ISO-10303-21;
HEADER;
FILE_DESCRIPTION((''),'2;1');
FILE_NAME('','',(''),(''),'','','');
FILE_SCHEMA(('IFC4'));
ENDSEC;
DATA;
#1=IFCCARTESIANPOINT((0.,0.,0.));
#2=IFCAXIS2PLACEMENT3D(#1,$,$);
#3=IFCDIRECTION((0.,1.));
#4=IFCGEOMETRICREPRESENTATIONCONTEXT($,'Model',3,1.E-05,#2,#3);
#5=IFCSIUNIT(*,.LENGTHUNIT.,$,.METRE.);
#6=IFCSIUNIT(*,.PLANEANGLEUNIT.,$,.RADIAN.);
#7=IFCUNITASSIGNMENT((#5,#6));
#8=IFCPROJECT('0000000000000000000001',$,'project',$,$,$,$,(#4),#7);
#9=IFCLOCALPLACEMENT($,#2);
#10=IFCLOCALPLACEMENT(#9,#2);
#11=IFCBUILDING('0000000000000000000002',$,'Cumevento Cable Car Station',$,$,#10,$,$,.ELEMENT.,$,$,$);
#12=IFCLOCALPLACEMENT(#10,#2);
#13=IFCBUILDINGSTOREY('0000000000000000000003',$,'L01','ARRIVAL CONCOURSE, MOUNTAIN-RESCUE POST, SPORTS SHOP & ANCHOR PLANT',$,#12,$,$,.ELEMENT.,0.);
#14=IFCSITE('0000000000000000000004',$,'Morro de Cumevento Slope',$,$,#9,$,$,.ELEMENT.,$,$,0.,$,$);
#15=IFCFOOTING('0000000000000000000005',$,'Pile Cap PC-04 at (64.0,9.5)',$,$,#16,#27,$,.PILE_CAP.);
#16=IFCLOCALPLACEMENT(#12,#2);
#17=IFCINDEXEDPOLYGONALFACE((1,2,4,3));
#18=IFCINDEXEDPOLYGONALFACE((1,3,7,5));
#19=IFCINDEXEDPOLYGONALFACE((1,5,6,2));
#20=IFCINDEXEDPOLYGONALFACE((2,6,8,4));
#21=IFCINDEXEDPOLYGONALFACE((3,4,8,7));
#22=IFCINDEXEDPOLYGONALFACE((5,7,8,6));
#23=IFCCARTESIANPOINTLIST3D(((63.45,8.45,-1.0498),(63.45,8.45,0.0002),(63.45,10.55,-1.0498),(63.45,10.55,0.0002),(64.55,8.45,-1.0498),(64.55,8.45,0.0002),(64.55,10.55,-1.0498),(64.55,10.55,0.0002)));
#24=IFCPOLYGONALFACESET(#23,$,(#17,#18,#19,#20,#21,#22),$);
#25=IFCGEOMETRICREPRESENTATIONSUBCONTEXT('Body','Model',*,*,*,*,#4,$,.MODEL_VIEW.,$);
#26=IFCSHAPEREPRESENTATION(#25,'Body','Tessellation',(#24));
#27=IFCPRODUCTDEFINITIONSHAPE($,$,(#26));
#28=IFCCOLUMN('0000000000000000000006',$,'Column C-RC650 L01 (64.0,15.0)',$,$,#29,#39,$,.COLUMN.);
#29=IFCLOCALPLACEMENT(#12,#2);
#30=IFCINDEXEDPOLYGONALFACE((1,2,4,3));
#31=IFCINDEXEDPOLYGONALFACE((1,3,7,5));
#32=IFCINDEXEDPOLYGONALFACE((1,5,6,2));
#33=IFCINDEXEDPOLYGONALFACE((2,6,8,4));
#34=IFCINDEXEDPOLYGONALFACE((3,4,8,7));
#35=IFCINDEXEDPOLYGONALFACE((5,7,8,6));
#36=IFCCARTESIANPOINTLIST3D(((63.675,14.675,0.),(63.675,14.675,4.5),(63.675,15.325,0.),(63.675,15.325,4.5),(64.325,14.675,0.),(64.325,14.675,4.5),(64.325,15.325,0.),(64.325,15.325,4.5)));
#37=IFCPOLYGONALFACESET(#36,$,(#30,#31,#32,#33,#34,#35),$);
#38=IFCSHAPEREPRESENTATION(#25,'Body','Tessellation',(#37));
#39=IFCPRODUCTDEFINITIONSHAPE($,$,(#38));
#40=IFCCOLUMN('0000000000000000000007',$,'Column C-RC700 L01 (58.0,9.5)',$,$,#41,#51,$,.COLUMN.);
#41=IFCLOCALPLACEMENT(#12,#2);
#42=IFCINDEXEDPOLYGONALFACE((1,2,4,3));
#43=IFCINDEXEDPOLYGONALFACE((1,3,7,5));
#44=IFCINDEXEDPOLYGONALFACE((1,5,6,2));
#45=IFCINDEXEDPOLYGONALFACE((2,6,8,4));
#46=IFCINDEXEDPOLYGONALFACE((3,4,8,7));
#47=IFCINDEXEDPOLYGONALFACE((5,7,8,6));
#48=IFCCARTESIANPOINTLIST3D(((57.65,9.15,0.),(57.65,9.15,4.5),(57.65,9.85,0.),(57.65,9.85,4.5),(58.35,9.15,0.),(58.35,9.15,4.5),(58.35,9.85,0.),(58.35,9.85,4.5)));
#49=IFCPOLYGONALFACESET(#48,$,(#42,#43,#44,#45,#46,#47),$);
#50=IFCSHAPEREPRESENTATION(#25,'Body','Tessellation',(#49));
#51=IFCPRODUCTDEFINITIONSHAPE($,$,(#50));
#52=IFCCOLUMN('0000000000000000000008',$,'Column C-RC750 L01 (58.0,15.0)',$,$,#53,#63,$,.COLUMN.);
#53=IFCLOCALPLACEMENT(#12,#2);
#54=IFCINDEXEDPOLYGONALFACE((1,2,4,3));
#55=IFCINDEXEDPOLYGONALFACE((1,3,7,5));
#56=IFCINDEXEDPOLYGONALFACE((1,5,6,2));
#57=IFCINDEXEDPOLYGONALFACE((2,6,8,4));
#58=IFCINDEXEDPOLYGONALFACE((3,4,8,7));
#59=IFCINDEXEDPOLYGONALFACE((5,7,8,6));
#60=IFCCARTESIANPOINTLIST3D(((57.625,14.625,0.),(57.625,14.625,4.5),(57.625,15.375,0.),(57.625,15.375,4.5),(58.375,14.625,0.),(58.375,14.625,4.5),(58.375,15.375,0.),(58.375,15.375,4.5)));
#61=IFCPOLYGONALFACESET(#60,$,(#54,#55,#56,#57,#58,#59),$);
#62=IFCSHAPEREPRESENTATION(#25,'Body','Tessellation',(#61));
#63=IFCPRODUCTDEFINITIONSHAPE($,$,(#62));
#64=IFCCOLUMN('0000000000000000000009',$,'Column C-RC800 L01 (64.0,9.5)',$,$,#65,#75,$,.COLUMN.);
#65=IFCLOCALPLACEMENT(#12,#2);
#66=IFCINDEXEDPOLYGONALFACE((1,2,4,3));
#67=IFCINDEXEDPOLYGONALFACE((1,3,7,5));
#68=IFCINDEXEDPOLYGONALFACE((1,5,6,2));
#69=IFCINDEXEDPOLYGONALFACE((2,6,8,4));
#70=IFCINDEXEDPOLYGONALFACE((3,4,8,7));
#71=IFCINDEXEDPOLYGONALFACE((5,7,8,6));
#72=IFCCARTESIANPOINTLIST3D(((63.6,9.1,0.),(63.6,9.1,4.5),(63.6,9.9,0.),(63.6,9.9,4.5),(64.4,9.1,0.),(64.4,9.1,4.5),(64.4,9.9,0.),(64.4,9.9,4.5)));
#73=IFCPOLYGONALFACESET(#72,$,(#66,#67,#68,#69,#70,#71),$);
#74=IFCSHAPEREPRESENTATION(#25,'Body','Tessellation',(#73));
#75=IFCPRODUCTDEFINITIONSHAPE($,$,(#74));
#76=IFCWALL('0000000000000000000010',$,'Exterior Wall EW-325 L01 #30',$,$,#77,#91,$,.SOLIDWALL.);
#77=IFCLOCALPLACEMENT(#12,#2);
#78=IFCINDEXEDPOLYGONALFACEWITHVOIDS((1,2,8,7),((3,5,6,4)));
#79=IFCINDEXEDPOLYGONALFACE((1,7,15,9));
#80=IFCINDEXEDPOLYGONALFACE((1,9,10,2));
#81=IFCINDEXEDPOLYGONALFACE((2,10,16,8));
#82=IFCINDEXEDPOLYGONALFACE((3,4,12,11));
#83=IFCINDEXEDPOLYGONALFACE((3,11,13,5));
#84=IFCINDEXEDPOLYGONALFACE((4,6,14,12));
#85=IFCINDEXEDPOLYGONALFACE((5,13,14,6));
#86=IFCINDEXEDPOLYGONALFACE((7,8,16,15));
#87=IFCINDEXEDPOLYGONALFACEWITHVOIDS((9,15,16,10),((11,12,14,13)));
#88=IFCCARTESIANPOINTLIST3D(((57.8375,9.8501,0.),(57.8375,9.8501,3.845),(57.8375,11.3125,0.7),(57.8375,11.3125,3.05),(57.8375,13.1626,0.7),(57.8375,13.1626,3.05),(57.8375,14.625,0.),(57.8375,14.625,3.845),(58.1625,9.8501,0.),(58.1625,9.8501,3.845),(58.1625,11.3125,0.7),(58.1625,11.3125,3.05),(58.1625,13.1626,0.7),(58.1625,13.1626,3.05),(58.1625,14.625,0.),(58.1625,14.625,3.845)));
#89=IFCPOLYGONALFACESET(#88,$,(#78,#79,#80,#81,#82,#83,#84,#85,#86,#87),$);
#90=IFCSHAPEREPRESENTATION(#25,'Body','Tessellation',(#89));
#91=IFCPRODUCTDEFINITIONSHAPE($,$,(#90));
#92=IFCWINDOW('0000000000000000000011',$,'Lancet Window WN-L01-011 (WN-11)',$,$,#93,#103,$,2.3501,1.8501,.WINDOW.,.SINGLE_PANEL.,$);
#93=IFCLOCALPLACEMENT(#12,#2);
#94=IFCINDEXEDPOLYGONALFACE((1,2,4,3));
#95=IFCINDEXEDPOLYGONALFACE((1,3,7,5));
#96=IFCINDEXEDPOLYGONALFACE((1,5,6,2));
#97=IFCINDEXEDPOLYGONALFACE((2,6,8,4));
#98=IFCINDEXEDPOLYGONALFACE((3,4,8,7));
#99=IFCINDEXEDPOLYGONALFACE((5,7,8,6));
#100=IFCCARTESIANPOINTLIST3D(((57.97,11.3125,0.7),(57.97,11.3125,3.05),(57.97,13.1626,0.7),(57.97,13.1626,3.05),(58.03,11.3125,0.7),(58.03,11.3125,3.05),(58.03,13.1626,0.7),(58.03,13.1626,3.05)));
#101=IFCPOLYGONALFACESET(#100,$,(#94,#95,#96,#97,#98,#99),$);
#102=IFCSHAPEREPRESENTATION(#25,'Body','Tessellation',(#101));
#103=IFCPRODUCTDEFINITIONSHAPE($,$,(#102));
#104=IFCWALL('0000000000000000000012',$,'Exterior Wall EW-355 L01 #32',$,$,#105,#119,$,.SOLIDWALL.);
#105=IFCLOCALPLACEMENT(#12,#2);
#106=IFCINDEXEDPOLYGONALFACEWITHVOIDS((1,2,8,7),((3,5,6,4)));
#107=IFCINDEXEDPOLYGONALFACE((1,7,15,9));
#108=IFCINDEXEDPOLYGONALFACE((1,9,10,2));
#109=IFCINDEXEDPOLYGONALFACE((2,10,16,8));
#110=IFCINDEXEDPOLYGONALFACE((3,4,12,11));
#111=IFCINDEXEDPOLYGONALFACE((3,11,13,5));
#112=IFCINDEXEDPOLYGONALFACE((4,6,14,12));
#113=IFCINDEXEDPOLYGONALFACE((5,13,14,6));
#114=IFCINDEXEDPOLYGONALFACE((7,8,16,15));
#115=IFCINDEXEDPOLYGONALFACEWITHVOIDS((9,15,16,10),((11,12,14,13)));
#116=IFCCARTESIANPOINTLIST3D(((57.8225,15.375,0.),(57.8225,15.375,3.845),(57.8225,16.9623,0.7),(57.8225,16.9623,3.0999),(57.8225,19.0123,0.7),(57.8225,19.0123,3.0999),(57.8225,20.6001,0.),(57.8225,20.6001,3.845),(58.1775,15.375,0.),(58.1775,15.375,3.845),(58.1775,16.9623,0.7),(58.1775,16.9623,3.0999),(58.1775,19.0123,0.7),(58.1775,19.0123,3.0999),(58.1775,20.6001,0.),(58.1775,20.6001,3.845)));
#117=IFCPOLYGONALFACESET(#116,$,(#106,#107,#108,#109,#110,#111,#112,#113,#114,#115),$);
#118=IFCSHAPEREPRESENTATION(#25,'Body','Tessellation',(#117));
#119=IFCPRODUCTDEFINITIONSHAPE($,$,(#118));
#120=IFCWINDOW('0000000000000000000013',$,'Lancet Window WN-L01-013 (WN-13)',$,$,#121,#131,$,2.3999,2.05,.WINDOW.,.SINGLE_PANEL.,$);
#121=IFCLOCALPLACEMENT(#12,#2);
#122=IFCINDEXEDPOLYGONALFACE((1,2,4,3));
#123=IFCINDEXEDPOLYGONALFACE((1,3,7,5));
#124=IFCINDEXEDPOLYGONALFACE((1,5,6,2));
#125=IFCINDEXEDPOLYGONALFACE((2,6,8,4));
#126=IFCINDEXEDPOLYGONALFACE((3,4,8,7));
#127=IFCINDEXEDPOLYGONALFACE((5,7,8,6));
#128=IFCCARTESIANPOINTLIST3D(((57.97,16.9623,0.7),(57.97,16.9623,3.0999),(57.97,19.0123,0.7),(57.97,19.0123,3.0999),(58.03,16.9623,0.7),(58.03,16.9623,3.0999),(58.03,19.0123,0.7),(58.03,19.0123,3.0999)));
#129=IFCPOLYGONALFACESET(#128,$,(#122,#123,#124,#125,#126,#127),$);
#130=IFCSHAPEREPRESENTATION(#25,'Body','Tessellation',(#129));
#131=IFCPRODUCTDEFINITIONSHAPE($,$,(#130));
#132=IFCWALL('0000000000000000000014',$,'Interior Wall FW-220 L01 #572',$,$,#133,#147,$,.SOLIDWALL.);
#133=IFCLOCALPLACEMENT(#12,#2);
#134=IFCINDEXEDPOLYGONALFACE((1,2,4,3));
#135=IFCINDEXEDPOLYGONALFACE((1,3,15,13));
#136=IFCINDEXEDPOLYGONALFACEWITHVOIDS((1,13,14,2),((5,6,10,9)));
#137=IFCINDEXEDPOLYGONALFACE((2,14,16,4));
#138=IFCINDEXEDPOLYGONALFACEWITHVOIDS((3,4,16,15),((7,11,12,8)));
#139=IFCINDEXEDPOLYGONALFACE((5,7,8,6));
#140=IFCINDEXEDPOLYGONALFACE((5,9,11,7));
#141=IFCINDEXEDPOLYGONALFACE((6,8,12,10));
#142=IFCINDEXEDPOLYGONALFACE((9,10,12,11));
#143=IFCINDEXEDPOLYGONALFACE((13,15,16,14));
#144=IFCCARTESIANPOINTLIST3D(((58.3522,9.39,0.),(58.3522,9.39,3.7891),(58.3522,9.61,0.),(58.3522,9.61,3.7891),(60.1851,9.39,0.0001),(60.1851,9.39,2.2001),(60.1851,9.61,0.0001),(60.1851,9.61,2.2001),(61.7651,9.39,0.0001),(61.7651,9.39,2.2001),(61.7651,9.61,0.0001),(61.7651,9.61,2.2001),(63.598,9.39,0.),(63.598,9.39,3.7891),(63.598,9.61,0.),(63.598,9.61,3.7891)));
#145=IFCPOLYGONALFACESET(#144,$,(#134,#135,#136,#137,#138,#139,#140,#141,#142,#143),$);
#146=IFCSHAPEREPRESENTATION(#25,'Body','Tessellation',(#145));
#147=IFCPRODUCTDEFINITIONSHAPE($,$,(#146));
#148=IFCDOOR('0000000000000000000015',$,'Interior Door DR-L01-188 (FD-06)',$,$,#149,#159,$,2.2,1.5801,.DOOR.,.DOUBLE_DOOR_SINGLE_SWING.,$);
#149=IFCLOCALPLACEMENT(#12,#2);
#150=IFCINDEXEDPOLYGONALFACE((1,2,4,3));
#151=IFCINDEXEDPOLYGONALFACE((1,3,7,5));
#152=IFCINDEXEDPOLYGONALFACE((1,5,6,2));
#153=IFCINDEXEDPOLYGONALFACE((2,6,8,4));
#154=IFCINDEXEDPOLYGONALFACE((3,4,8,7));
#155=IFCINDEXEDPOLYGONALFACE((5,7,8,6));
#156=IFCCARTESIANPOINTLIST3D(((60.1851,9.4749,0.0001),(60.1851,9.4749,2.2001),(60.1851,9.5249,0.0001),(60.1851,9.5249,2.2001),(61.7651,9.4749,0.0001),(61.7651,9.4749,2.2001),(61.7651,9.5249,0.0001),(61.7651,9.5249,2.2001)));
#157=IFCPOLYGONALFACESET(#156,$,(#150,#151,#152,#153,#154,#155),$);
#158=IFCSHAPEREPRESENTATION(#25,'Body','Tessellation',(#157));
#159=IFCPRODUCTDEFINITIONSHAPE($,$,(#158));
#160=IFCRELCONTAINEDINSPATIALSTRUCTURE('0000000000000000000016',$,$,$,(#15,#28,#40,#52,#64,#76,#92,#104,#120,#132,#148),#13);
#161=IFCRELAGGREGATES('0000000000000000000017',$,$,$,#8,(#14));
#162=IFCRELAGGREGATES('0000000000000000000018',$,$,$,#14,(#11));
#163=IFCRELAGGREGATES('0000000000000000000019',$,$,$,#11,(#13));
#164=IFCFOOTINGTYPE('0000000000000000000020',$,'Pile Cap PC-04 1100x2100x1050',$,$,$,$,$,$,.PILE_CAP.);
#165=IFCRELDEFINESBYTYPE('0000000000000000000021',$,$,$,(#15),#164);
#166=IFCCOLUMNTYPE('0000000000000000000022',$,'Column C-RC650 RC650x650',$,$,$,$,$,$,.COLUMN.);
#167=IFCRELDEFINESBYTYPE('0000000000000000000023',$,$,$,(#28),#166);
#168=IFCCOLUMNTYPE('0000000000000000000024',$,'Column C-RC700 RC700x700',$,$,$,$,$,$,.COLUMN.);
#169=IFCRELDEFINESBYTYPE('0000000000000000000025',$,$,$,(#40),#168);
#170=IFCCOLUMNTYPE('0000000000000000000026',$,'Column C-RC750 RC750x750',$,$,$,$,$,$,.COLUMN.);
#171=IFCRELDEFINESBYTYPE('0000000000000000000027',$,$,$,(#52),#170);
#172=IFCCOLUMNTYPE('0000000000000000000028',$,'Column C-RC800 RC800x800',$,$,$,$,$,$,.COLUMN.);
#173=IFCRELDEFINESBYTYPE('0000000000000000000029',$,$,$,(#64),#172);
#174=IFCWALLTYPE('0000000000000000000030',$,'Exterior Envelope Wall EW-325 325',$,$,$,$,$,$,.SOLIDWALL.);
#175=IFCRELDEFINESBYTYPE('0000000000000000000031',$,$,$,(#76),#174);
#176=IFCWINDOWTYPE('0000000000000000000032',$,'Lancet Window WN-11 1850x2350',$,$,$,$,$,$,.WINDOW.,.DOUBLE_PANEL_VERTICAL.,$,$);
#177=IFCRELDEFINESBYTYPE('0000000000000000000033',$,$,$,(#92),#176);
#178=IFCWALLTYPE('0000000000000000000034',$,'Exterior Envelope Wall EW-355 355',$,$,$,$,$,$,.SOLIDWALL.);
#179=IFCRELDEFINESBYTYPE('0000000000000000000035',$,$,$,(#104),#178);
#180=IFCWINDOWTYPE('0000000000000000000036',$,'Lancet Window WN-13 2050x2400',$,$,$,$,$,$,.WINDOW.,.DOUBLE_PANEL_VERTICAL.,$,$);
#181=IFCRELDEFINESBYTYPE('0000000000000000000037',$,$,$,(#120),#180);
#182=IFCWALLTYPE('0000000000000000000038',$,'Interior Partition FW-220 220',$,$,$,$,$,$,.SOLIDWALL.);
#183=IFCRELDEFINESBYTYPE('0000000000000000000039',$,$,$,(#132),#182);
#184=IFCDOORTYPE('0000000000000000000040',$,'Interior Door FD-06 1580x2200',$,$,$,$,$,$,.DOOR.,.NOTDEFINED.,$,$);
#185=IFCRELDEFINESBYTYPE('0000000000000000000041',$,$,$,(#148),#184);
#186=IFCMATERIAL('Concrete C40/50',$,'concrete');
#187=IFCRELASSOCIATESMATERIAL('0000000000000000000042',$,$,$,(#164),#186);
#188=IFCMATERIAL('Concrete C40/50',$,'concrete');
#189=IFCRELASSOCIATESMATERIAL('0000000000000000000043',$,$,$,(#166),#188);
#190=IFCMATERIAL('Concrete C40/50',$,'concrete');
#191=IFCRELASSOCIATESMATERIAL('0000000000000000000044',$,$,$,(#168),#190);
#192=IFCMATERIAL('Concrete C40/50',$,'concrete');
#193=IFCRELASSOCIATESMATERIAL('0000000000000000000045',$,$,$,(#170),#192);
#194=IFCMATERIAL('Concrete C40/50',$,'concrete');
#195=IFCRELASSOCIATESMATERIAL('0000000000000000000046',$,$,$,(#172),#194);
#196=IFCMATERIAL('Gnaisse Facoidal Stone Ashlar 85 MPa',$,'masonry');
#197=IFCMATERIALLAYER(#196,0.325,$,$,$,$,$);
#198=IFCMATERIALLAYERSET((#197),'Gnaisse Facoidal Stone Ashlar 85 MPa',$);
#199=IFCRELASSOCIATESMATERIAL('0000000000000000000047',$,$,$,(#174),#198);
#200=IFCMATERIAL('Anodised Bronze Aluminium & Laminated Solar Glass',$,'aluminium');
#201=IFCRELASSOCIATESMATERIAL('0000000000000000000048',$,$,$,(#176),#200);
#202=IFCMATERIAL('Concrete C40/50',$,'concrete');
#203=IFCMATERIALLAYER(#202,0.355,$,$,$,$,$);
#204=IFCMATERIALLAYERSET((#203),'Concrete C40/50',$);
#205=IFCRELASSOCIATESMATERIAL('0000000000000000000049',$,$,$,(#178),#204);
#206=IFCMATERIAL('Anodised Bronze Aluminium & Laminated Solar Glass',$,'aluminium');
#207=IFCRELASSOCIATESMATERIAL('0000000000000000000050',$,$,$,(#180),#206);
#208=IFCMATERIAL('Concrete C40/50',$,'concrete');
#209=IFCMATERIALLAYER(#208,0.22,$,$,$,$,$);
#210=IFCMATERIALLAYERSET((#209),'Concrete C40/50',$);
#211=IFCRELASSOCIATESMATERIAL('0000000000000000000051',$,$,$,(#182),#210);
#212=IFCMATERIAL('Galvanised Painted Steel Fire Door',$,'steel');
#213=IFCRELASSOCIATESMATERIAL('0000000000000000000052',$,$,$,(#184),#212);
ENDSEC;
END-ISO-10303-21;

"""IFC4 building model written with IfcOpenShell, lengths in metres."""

from ifc_helpers import new_model, si_unit, direction, frame, frame_2d, origin, origin_2d, place, context, subcontext, project, spatial, rectangle, extrude, material, layer, layer_set, material_profile, profile_set, type_object, element, fill, save


model = new_model("IFC4")

# Units and contexts
model_context = context("Model", 3, precision=1e-05, world=origin(), true_north=direction((0.0, 1.0)))
body_context = subcontext(model_context, "Body", "Model", "MODEL_VIEW")
ifc_project = project(units=[si_unit("LENGTHUNIT", "METRE"), si_unit("PLANEANGLEUNIT", "RADIAN")], contexts=[model_context])

# Site, building, storey
site_placement = place(None, origin())
site = spatial("IfcSite", under=ifc_project, at=site_placement, Name="Morro de Cumevento Slope", CompositionType="ELEMENT", RefElevation=0.0)
building_placement = place(site_placement, origin())
building = spatial("IfcBuilding", under=site, at=building_placement, Name="Cumevento Cable Car Station", CompositionType="ELEMENT")
storey_placement = place(building_placement, origin())
storey = spatial("IfcBuildingStorey", under=building, at=storey_placement, Name="L01", Description="ARRIVAL CONCOURSE, MOUNTAIN-RESCUE POST, SPORTS SHOP & ANCHOR PLANT", CompositionType="ELEMENT", Elevation=0.0)

# Footing
ifc_material_1 = material(Name="Concrete C40/50", Category="concrete")
footing_type_1 = type_object("IfcFootingType", Name="Pile Cap PC-04 1100x2100x1050", PredefinedType="PILE_CAP", material=ifc_material_1)
for number, where, z_axis, x_axis, name in (
    (1, (64.0, 9.5, -1.0498), (0.0, 0.0, 1.0), (1.0, 0.0, 0.0), "Pile Cap PC-04 at (64.0,9.5)"),
):
    element("IfcFooting", number, at=place(storey_placement, frame(where, z_axis=z_axis, x_axis=x_axis)), inside=storey, type_object=footing_type_1, Name=name, PredefinedType="PILE_CAP", context=body_context, shape_type="SweptSolid", body=[
        extrude(rectangle(XDim=1.1001, YDim=2.1001, at=origin_2d()), origin(), (0.0, 0.0, 1.0), 1.05),
    ])

# Columns
ifc_material_2 = material(Name="Concrete C40/50", Category="concrete")
ifc_material_profile_1 = material_profile(ifc_material_2, rectangle(XDim=0.6499, YDim=0.6499, at=origin_2d()), Name="RC650x650")
ifc_profile_set_1 = profile_set([ifc_material_profile_1], Name="Concrete C40/50")
column_type_1 = type_object("IfcColumnType", Name="Column C-RC650 RC650x650", PredefinedType="COLUMN", material=ifc_profile_set_1)
column_1_placement = place(storey_placement, frame((64.0, 15.0, 0.0), z_axis=(0.0, 0.0, 1.0), x_axis=(1.0, 0.0, 0.0)))
element("IfcColumn", 2, at=column_1_placement, inside=storey, type_object=column_type_1, Name="Column C-RC650 L01 (64.0,15.0)", PredefinedType="COLUMN", context=body_context, shape_type="SweptSolid", body=[
    extrude(rectangle(XDim=0.6499, YDim=0.6499, at=origin_2d()), origin(), (0.0, 0.0, 1.0), 4.5),
])
ifc_material_3 = material(Name="Concrete C40/50", Category="concrete")
ifc_material_profile_2 = material_profile(ifc_material_3, rectangle(XDim=0.7, YDim=0.7, at=origin_2d()), Name="RC700x700")
ifc_profile_set_2 = profile_set([ifc_material_profile_2], Name="Concrete C40/50")
column_type_2 = type_object("IfcColumnType", Name="Column C-RC700 RC700x700", PredefinedType="COLUMN", material=ifc_profile_set_2)
column_2_placement = place(storey_placement, frame((58.0, 9.5, 0.0), z_axis=(0.0, 0.0, 1.0), x_axis=(1.0, 0.0, 0.0)))
element("IfcColumn", 3, at=column_2_placement, inside=storey, type_object=column_type_2, Name="Column C-RC700 L01 (58.0,9.5)", PredefinedType="COLUMN", context=body_context, shape_type="SweptSolid", body=[
    extrude(rectangle(XDim=0.7, YDim=0.7, at=origin_2d()), origin(), (0.0, 0.0, 1.0), 4.5),
])
ifc_material_4 = material(Name="Concrete C40/50", Category="concrete")
ifc_material_profile_3 = material_profile(ifc_material_4, rectangle(XDim=0.75, YDim=0.75, at=origin_2d()), Name="RC750x750")
ifc_profile_set_3 = profile_set([ifc_material_profile_3], Name="Concrete C40/50")
column_type_3 = type_object("IfcColumnType", Name="Column C-RC750 RC750x750", PredefinedType="COLUMN", material=ifc_profile_set_3)
column_3_placement = place(storey_placement, frame((58.0, 15.0, 0.0), z_axis=(0.0, 0.0, 1.0), x_axis=(1.0, 0.0, 0.0)))
element("IfcColumn", 4, at=column_3_placement, inside=storey, type_object=column_type_3, Name="Column C-RC750 L01 (58.0,15.0)", PredefinedType="COLUMN", context=body_context, shape_type="SweptSolid", body=[
    extrude(rectangle(XDim=0.75, YDim=0.75, at=origin_2d()), origin(), (0.0, 0.0, 1.0), 4.5),
])
ifc_material_5 = material(Name="Concrete C40/50", Category="concrete")
ifc_material_profile_4 = material_profile(ifc_material_5, rectangle(XDim=0.8, YDim=0.8, at=origin_2d()), Name="RC800x800")
ifc_profile_set_4 = profile_set([ifc_material_profile_4], Name="Concrete C40/50")
column_type_4 = type_object("IfcColumnType", Name="Column C-RC800 RC800x800", PredefinedType="COLUMN", material=ifc_profile_set_4)
column_4_placement = place(storey_placement, frame((64.0, 9.5, 0.0), z_axis=(0.0, 0.0, 1.0), x_axis=(1.0, 0.0, 0.0)))
element("IfcColumn", 5, at=column_4_placement, inside=storey, type_object=column_type_4, Name="Column C-RC800 L01 (64.0,9.5)", PredefinedType="COLUMN", context=body_context, shape_type="SweptSolid", body=[
    extrude(rectangle(XDim=0.8, YDim=0.8, at=origin_2d()), origin(), (0.0, 0.0, 1.0), 4.5),
])

# Walls, openings, windows
ifc_material_6 = material(Name="Gnaisse Facoidal Stone Ashlar 85 MPa", Category="masonry")
ifc_layer_1 = layer(ifc_material_6, 0.325)
ifc_layer_set_1 = layer_set([ifc_layer_1], Name="Gnaisse Facoidal Stone Ashlar 85 MPa")
wall_type_1 = type_object("IfcWallType", Name="Exterior Envelope Wall EW-325 325", PredefinedType="SOLIDWALL", material=ifc_layer_set_1)
wall_1_placement = place(storey_placement, frame((58.0, 9.8501, 0.0), z_axis=(0.0, 0.0, 1.0), x_axis=(0.0, 1.0, 0.0)))
wall_1 = element("IfcWall", 6, at=wall_1_placement, inside=storey, type_object=wall_type_1, Name="Exterior Wall EW-325 L01 #30", PredefinedType="SOLIDWALL", context=body_context, shape_type="SweptSolid", body=[
    extrude(rectangle(XDim=4.7749, YDim=0.325, at=frame_2d((2.3875, 0.0))), origin(), (0.0, 0.0, 1.0), 3.845),
])
opening_1_placement = place(wall_1_placement, frame((1.4624, 0.0, 0.7)))
opening_1 = element("IfcOpeningElement", 7, at=opening_1_placement, cuts=wall_1, PredefinedType="OPENING", context=body_context, shape_type="SweptSolid", body=[
    extrude(rectangle(XDim=1.8501, YDim=2.3501, at=frame_2d((0.925, 1.175))), frame((0.0, 0.1726, 0.0), z_axis=(0.0, -1.0, 0.0), x_axis=(1.0, 0.0, 0.0)), (0.0, 0.0, 1.0), 0.345),
])
ifc_material_7 = material(Name="Anodised Bronze Aluminium & Laminated Solar Glass", Category="aluminium")
window_type_1 = type_object("IfcWindowType", Name="Lancet Window WN-11 1850x2350", PartitioningType="DOUBLE_PANEL_VERTICAL", PredefinedType="WINDOW", material=ifc_material_7)
window_1_placement = place(opening_1_placement, origin())
window_1 = element("IfcWindow", 8, at=window_1_placement, inside=storey, type_object=window_type_1, Name="Lancet Window WN-L01-011 (WN-11)", OverallHeight=2.3501, OverallWidth=1.8501, PartitioningType="SINGLE_PANEL", PredefinedType="WINDOW", context=body_context, shape_type="SweptSolid", body=[
    extrude(rectangle(XDim=1.8501, YDim=2.3501, at=frame_2d((0.925, 1.175))), frame((0.0, 0.03, 0.0), z_axis=(0.0, -1.0, 0.0), x_axis=(1.0, 0.0, 0.0)), (0.0, 0.0, 1.0), 0.0601),
])
fill(opening_1, window_1)
ifc_material_8 = material(Name="Concrete C40/50", Category="concrete")
ifc_layer_2 = layer(ifc_material_8, 0.355)
ifc_layer_set_2 = layer_set([ifc_layer_2], Name="Concrete C40/50")
wall_type_2 = type_object("IfcWallType", Name="Exterior Envelope Wall EW-355 355", PredefinedType="SOLIDWALL", material=ifc_layer_set_2)
wall_2_placement = place(storey_placement, frame((58.0, 15.375, 0.0), z_axis=(0.0, 0.0, 1.0), x_axis=(0.0, 1.0, 0.0)))
wall_2 = element("IfcWall", 9, at=wall_2_placement, inside=storey, type_object=wall_type_2, Name="Exterior Wall EW-355 L01 #32", PredefinedType="SOLIDWALL", context=body_context, shape_type="SweptSolid", body=[
    extrude(rectangle(XDim=5.2251, YDim=0.355, at=frame_2d((2.6125, 0.0))), origin(), (0.0, 0.0, 1.0), 3.845),
])
opening_2_placement = place(wall_2_placement, frame((1.5874, 0.0, 0.7)))
opening_2 = element("IfcOpeningElement", 10, at=opening_2_placement, cuts=wall_2, PredefinedType="OPENING", context=body_context, shape_type="SweptSolid", body=[
    extrude(rectangle(XDim=2.05, YDim=2.3999, at=frame_2d((1.0249, 1.2))), frame((0.0, 0.1875, 0.0), z_axis=(0.0, -1.0, 0.0), x_axis=(1.0, 0.0, 0.0)), (0.0, 0.0, 1.0), 0.375),
])
ifc_material_9 = material(Name="Anodised Bronze Aluminium & Laminated Solar Glass", Category="aluminium")
window_type_2 = type_object("IfcWindowType", Name="Lancet Window WN-13 2050x2400", PartitioningType="DOUBLE_PANEL_VERTICAL", PredefinedType="WINDOW", material=ifc_material_9)
window_2_placement = place(opening_2_placement, origin())
window_2 = element("IfcWindow", 11, at=window_2_placement, inside=storey, type_object=window_type_2, Name="Lancet Window WN-L01-013 (WN-13)", OverallHeight=2.3999, OverallWidth=2.05, PartitioningType="SINGLE_PANEL", PredefinedType="WINDOW", context=body_context, shape_type="SweptSolid", body=[
    extrude(rectangle(XDim=2.05, YDim=2.3999, at=frame_2d((1.0249, 1.2))), frame((0.0, 0.03, 0.0), z_axis=(0.0, -1.0, 0.0), x_axis=(1.0, 0.0, 0.0)), (0.0, 0.0, 1.0), 0.0601),
])
fill(opening_2, window_2)

# Wall, opening, door
ifc_material_10 = material(Name="Concrete C40/50", Category="concrete")
ifc_layer_3 = layer(ifc_material_10, 0.22)
ifc_layer_set_3 = layer_set([ifc_layer_3], Name="Concrete C40/50")
wall_type_3 = type_object("IfcWallType", Name="Interior Partition FW-220 220", PredefinedType="SOLIDWALL", material=ifc_layer_set_3)
wall_3_placement = place(storey_placement, frame((58.3521, 9.5, 0.0), z_axis=(0.0, 0.0, 1.0), x_axis=(1.0, 0.0, 0.0)))
wall_3 = element("IfcWall", 12, at=wall_3_placement, inside=storey, type_object=wall_type_3, Name="Interior Wall FW-220 L01 #572", PredefinedType="SOLIDWALL", context=body_context, shape_type="SweptSolid", body=[
    extrude(rectangle(XDim=5.2458, YDim=0.22, at=frame_2d((2.623, 0.0))), origin(), (0.0, 0.0, 1.0), 3.7891),
])
opening_3_placement = place(wall_3_placement, frame((1.833, 0.0, 0.0)))
opening_3 = element("IfcOpeningElement", 13, at=opening_3_placement, cuts=wall_3, PredefinedType="OPENING", context=body_context, shape_type="SweptSolid", body=[
    extrude(rectangle(XDim=1.5801, YDim=2.2, at=frame_2d((0.79, 1.1001))), frame((0.0, 0.1199, 0.0), z_axis=(0.0, -1.0, 0.0), x_axis=(1.0, 0.0, 0.0)), (0.0, 0.0, 1.0), 0.24),
])
ifc_material_11 = material(Name="Galvanised Painted Steel Fire Door", Category="steel")
door_type = type_object("IfcDoorType", Name="Interior Door FD-06 1580x2200", OperationType="NOTDEFINED", PredefinedType="DOOR", material=ifc_material_11)
door_placement = place(opening_3_placement, origin())
door = element("IfcDoor", 14, at=door_placement, inside=storey, type_object=door_type, Name="Interior Door DR-L01-188 (FD-06)", OperationType="DOUBLE_DOOR_SINGLE_SWING", OverallHeight=2.2, OverallWidth=1.5801, PredefinedType="DOOR", context=body_context, shape_type="SweptSolid", body=[
    extrude(rectangle(XDim=1.5801, YDim=2.2, at=frame_2d((0.79, 1.1001))), frame((0.0, 0.0249, 0.0), z_axis=(0.0, -1.0, 0.0), x_axis=(1.0, 0.0, 0.0)), (0.0, 0.0, 1.0), 0.05),
])
fill(opening_3, door)

save(model, "model.ifc")
